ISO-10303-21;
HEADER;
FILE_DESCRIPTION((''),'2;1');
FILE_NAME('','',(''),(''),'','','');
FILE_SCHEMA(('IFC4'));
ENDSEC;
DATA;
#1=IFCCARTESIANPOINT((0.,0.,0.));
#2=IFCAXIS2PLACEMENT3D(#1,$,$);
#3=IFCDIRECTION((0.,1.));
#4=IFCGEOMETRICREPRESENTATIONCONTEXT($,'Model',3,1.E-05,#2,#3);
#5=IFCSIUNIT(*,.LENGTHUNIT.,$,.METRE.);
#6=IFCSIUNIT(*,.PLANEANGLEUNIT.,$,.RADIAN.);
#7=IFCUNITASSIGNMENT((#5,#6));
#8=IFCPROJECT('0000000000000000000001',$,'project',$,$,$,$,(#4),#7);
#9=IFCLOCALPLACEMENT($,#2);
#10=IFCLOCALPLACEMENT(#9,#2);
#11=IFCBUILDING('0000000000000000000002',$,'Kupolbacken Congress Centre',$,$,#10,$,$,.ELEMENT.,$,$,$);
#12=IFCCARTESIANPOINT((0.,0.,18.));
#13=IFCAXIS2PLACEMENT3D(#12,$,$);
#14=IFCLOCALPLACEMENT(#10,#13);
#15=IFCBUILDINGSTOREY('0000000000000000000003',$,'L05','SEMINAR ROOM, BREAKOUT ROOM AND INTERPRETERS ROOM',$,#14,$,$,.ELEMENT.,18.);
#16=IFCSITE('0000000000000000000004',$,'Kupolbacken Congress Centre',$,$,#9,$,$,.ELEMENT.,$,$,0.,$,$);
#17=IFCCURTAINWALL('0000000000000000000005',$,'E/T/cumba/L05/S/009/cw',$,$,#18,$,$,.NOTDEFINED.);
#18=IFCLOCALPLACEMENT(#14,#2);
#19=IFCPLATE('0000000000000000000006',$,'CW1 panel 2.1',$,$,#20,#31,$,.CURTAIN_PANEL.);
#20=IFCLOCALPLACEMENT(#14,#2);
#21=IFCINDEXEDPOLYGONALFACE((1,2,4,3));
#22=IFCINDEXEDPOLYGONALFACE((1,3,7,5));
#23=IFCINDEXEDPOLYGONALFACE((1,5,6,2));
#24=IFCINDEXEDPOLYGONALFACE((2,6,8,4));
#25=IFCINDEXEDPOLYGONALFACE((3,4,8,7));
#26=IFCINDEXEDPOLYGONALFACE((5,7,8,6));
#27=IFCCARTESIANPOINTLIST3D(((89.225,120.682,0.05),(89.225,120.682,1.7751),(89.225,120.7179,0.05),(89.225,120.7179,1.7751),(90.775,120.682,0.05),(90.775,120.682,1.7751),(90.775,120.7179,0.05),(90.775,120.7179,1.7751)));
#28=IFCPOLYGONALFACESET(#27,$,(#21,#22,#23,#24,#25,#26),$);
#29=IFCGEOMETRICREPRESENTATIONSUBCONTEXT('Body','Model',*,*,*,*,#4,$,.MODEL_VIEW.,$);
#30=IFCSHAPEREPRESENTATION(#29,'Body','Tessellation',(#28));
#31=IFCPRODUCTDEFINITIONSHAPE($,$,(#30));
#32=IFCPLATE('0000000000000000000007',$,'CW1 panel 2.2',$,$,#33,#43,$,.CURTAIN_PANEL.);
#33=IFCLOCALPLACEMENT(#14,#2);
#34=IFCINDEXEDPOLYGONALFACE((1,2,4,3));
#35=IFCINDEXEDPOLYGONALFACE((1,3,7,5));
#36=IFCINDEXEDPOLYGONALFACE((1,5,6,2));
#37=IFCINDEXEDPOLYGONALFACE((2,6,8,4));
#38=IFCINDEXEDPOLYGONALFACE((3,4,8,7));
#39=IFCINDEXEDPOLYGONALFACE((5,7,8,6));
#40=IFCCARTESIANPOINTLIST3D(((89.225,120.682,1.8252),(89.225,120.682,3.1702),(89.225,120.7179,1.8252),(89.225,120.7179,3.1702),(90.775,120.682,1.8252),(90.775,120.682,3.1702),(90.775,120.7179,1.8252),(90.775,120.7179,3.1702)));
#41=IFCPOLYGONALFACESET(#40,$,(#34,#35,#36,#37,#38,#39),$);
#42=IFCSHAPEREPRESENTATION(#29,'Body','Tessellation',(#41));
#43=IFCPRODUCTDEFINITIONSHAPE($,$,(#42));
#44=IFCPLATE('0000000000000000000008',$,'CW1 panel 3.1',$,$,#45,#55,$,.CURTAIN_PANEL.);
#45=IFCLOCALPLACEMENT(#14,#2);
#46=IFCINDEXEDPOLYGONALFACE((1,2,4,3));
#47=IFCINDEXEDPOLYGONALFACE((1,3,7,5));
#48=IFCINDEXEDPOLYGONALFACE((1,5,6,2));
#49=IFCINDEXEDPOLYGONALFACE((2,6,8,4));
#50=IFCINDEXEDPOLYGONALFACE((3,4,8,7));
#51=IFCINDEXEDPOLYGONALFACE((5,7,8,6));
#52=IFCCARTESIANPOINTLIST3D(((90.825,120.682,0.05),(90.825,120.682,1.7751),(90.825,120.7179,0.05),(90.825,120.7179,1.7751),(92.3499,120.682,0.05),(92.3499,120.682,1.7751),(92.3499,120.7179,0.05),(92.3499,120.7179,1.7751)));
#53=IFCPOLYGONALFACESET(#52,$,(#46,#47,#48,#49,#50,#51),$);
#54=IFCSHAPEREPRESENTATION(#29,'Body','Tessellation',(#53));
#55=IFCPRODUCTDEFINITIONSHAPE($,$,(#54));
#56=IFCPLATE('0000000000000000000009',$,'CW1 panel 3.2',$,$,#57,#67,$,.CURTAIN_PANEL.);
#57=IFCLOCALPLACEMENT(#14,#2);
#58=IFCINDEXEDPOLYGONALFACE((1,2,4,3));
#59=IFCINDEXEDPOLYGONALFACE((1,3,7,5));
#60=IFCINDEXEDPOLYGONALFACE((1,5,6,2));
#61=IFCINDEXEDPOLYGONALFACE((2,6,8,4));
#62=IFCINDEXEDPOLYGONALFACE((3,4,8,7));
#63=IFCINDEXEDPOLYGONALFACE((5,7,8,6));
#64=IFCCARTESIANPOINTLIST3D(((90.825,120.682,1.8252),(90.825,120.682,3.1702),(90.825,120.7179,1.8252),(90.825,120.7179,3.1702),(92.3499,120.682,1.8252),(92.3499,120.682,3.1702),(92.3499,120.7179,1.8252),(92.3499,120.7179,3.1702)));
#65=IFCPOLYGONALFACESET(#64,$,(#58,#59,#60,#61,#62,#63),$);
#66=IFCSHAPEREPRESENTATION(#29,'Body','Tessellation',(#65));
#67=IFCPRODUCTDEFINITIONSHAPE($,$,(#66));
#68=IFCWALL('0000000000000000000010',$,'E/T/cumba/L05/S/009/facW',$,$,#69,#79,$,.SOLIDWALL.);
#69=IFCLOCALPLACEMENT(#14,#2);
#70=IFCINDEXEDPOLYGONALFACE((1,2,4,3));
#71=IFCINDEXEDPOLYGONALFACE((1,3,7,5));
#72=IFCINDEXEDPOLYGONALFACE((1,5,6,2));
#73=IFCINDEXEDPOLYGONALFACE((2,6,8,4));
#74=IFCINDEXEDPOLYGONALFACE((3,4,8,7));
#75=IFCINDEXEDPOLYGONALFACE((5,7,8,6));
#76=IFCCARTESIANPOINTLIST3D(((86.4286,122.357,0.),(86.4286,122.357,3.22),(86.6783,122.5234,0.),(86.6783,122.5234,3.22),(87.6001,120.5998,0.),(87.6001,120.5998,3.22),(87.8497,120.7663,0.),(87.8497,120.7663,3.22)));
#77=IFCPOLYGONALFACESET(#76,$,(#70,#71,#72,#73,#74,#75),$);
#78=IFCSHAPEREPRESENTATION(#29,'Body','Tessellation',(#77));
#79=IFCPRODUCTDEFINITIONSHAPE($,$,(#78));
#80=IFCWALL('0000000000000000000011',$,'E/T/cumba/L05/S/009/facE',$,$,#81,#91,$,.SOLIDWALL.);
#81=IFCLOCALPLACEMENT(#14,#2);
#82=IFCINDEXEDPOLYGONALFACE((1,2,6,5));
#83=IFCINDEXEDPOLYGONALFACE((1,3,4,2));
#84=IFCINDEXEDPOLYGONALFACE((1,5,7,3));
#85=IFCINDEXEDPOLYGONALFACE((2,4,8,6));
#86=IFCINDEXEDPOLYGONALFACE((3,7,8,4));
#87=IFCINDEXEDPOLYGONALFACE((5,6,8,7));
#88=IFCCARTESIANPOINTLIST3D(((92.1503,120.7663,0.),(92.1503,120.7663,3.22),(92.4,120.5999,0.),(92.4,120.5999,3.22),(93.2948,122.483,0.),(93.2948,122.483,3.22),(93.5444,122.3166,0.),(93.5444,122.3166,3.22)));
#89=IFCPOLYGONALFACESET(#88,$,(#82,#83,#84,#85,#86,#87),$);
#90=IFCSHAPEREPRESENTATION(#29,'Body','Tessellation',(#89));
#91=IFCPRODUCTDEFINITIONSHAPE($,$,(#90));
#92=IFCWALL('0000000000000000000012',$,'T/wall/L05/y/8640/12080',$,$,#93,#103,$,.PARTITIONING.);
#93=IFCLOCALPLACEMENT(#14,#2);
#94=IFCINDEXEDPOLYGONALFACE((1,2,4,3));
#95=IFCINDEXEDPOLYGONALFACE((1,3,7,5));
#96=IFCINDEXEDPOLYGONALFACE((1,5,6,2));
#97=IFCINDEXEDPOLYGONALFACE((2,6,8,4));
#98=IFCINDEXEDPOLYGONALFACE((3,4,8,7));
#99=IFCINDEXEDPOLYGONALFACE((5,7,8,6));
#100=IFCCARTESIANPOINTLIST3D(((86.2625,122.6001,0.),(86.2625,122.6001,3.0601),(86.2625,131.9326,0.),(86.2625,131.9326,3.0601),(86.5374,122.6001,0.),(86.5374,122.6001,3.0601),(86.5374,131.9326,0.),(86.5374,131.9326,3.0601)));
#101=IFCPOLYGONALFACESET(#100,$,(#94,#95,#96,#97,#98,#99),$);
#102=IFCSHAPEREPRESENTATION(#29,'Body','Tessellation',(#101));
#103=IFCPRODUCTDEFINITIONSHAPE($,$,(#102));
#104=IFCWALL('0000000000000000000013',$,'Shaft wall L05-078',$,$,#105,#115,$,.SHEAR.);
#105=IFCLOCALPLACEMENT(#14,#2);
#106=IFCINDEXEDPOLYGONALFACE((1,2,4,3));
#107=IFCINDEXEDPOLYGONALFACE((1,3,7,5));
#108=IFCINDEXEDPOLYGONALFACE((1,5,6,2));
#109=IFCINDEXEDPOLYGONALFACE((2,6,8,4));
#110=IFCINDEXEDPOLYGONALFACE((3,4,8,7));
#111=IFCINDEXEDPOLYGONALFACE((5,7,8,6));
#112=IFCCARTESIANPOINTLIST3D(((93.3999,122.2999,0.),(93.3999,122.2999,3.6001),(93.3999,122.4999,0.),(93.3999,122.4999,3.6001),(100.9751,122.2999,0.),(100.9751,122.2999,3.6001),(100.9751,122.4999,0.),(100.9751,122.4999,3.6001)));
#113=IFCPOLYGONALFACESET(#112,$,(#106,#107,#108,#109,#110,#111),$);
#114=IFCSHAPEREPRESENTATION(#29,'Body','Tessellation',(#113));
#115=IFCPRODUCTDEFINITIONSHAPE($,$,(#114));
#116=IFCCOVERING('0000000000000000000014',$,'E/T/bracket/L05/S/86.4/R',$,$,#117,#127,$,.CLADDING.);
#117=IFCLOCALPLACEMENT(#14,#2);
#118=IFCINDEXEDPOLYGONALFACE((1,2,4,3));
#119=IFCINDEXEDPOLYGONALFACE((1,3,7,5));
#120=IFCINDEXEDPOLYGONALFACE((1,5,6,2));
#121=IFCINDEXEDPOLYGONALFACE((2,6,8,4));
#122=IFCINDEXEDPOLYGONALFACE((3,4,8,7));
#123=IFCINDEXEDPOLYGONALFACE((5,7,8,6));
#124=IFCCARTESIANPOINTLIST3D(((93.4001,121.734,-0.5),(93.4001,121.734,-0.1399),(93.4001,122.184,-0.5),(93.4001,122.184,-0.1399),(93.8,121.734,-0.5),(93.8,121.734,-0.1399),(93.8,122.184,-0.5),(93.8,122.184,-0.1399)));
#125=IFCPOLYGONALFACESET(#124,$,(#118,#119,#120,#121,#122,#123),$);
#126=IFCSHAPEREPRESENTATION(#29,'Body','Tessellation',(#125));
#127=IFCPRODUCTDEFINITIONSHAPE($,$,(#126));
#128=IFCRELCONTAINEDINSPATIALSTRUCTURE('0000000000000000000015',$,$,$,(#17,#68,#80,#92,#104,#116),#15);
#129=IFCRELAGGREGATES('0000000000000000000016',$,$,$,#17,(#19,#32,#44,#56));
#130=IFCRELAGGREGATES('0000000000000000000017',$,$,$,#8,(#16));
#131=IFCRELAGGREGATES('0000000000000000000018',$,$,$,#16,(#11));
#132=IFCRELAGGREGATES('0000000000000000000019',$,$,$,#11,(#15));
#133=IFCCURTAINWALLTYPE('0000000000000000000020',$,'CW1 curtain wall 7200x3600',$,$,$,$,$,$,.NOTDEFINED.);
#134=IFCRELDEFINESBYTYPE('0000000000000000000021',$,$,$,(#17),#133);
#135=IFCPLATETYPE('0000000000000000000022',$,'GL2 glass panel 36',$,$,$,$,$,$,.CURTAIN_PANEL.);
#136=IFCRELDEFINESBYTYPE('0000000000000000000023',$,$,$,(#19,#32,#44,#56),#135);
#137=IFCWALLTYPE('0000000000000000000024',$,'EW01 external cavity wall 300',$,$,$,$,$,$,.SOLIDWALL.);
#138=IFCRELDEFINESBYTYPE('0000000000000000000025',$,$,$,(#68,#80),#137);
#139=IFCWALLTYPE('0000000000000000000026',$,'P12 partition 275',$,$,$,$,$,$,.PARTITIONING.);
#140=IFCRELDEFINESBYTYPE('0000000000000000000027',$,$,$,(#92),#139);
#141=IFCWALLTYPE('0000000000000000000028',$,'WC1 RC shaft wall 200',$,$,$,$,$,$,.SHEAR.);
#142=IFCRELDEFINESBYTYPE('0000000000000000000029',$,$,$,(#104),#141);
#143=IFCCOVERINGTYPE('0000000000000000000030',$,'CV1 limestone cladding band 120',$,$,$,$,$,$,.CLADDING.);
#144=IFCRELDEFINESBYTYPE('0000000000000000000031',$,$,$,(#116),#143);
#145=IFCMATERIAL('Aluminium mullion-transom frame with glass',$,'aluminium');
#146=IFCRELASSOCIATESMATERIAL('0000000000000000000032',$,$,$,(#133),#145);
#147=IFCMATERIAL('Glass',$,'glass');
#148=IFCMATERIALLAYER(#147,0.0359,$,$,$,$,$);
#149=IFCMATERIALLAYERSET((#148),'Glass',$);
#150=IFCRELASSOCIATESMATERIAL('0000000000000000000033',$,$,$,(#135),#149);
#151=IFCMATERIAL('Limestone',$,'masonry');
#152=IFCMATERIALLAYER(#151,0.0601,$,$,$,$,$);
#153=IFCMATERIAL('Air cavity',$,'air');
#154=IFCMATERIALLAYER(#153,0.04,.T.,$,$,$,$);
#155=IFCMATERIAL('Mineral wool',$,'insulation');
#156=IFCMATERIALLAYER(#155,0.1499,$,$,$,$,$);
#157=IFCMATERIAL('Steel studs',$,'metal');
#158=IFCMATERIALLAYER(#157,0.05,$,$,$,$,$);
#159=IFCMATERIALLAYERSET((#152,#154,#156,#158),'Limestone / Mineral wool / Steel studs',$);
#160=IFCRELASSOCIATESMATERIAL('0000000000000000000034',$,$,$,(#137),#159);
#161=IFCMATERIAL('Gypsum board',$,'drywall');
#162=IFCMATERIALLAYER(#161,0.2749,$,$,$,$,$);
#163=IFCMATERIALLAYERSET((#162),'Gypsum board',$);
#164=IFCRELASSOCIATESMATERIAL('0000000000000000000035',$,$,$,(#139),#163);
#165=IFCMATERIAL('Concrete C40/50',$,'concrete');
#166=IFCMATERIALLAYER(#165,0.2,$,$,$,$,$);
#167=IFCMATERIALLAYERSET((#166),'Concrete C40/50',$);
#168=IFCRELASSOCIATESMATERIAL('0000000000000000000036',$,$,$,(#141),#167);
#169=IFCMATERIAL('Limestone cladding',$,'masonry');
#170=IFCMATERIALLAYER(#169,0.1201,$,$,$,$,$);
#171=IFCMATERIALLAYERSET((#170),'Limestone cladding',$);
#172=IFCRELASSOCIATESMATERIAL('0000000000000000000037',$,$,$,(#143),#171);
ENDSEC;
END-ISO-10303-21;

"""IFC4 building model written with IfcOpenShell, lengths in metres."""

from ifc_helpers import new_model, si_unit, direction, frame, frame_2d, origin, origin_2d, place, context, subcontext, project, spatial, rectangle, extrude, material, layer, layer_set, type_object, element, aggregate, save


model = new_model("IFC4")

# Units and contexts
model_context = context("Model", 3, precision=1e-05, world=origin(), true_north=direction((0.0, 1.0)))
body_context = subcontext(model_context, "Body", "Model", "MODEL_VIEW")
ifc_project = project(units=[si_unit("LENGTHUNIT", "METRE"), si_unit("PLANEANGLEUNIT", "RADIAN")], contexts=[model_context])

# Site, building, storey
site_placement = place(None, origin())
site = spatial("IfcSite", under=ifc_project, at=site_placement, Name="Kupolbacken Congress Centre", CompositionType="ELEMENT", RefElevation=0.0)
building_placement = place(site_placement, origin())
building = spatial("IfcBuilding", under=site, at=building_placement, Name="Kupolbacken Congress Centre", CompositionType="ELEMENT")
storey_placement = place(building_placement, frame((0.0, 0.0, 18.0)))
storey = spatial("IfcBuildingStorey", under=building, at=storey_placement, Name="L05", Description="SEMINAR ROOM, BREAKOUT ROOM AND INTERPRETERS ROOM", CompositionType="ELEMENT", Elevation=18.0)

# Curtain wall, plates
ifc_material_1 = material(Name="Aluminium mullion-transom frame with glass", Category="aluminium")
curtain_wall_type = type_object("IfcCurtainWallType", Name="CW1 curtain wall 7200x3600", PredefinedType="NOTDEFINED", material=ifc_material_1)
curtain_wall_placement = place(storey_placement, origin())
curtain_wall = element("IfcCurtainWall", 1, at=curtain_wall_placement, inside=storey, type_object=curtain_wall_type, Name="E/T/cumba/L05/S/009/cw", PredefinedType="NOTDEFINED")
ifc_material_2 = material(Name="Glass", Category="glass")
ifc_layer_1 = layer(ifc_material_2, 0.0359)
ifc_layer_set_1 = layer_set([ifc_layer_1], Name="Glass")
plate_type = type_object("IfcPlateType", Name="GL2 glass panel 36", PredefinedType="CURTAIN_PANEL", material=ifc_layer_set_1)
plate_1_placement = place(storey_placement, frame((90.0, 120.7, 0.05), z_axis=(0.0, 0.0, 1.0), x_axis=(1.0, 0.0, 0.0)))
plate_1 = element("IfcPlate", 2, at=plate_1_placement, type_object=plate_type, Name="CW1 panel 2.1", PredefinedType="CURTAIN_PANEL", context=body_context, shape_type="SweptSolid", body=[
    extrude(rectangle(XDim=1.55, YDim=0.0359, at=origin_2d()), origin(), (0.0, 0.0, 1.0), 1.7251),
])
plate_2_placement = place(storey_placement, frame((90.0, 120.7, 1.8252), z_axis=(0.0, 0.0, 1.0), x_axis=(1.0, 0.0, 0.0)))
plate_2 = element("IfcPlate", 3, at=plate_2_placement, type_object=plate_type, Name="CW1 panel 2.2", PredefinedType="CURTAIN_PANEL", context=body_context, shape_type="SweptSolid", body=[
    extrude(rectangle(XDim=1.55, YDim=0.0359, at=origin_2d()), origin(), (0.0, 0.0, 1.0), 1.345),
])
plate_3_placement = place(storey_placement, frame((91.5874, 120.7, 0.05), z_axis=(0.0, 0.0, 1.0), x_axis=(1.0, 0.0, 0.0)))
plate_3 = element("IfcPlate", 4, at=plate_3_placement, type_object=plate_type, Name="CW1 panel 3.1", PredefinedType="CURTAIN_PANEL", context=body_context, shape_type="SweptSolid", body=[
    extrude(rectangle(XDim=1.5249, YDim=0.0359, at=origin_2d()), origin(), (0.0, 0.0, 1.0), 1.7251),
])
plate_4_placement = place(storey_placement, frame((91.5874, 120.7, 1.8252), z_axis=(0.0, 0.0, 1.0), x_axis=(1.0, 0.0, 0.0)))
plate_4 = element("IfcPlate", 5, at=plate_4_placement, type_object=plate_type, Name="CW1 panel 3.2", PredefinedType="CURTAIN_PANEL", context=body_context, shape_type="SweptSolid", body=[
    extrude(rectangle(XDim=1.5249, YDim=0.0359, at=origin_2d()), origin(), (0.0, 0.0, 1.0), 1.345),
])
aggregate(curtain_wall, [plate_1, plate_2, plate_3, plate_4])

# Walls
ifc_material_3 = material(Name="Limestone", Category="masonry")
ifc_layer_2 = layer(ifc_material_3, 0.0601)
ifc_material_4 = material(Name="Air cavity", Category="air")
ifc_layer_3 = layer(ifc_material_4, 0.04, ventilated=True)
ifc_material_5 = material(Name="Mineral wool", Category="insulation")
ifc_layer_4 = layer(ifc_material_5, 0.1499)
ifc_material_6 = material(Name="Steel studs", Category="metal")
ifc_layer_5 = layer(ifc_material_6, 0.05)
ifc_layer_set_2 = layer_set([ifc_layer_2, ifc_layer_3, ifc_layer_4, ifc_layer_5], Name="Limestone / Mineral wool / Steel studs")
wall_type_1 = type_object("IfcWallType", Name="EW01 external cavity wall 300", PredefinedType="SOLIDWALL", material=ifc_layer_set_2)
wall_1_placement = place(storey_placement, frame((86.5535, 122.4402, 0.0), z_axis=(0.0, 0.0, 1.0), x_axis=(0.5547, -0.83205, 0.0)))
element("IfcWall", 6, at=wall_1_placement, inside=storey, type_object=wall_type_1, Name="E/T/cumba/L05/S/009/facW", PredefinedType="SOLIDWALL", context=body_context, shape_type="SweptSolid", body=[
    extrude(rectangle(XDim=2.1118, YDim=0.3, at=frame_2d((1.0559, 0.0))), origin(), (0.0, 0.0, 1.0), 3.22),
])
wall_2_placement = place(storey_placement, frame((93.4197, 122.3999, 0.0), z_axis=(0.0, 0.0, 1.0), x_axis=(-0.5547, -0.83205, 0.0)))
element("IfcWall", 7, at=wall_2_placement, inside=storey, type_object=wall_type_1, Name="E/T/cumba/L05/S/009/facE", PredefinedType="SOLIDWALL", context=body_context, shape_type="SweptSolid", body=[
    extrude(rectangle(XDim=2.0632, YDim=0.3, at=frame_2d((1.0317, 0.0))), origin(), (0.0, 0.0, 1.0), 3.22),
])
ifc_material_7 = material(Name="Gypsum board", Category="drywall")
ifc_layer_6 = layer(ifc_material_7, 0.2749)
ifc_layer_set_3 = layer_set([ifc_layer_6], Name="Gypsum board")
wall_type_2 = type_object("IfcWallType", Name="P12 partition 275", PredefinedType="PARTITIONING", material=ifc_layer_set_3)
wall_3_placement = place(storey_placement, frame((86.3999, 122.6001, 0.0), z_axis=(0.0, 0.0, 1.0), x_axis=(0.0, 1.0, 0.0)))
element("IfcWall", 8, at=wall_3_placement, inside=storey, type_object=wall_type_2, Name="T/wall/L05/y/8640/12080", PredefinedType="PARTITIONING", context=body_context, shape_type="SweptSolid", body=[
    extrude(rectangle(XDim=9.3325, YDim=0.2749, at=frame_2d((4.6663, 0.0))), origin(), (0.0, 0.0, 1.0), 3.0601),
])
ifc_material_8 = material(Name="Concrete C40/50", Category="concrete")
ifc_layer_7 = layer(ifc_material_8, 0.2)
ifc_layer_set_4 = layer_set([ifc_layer_7], Name="Concrete C40/50")
wall_type_3 = type_object("IfcWallType", Name="WC1 RC shaft wall 200", PredefinedType="SHEAR", material=ifc_layer_set_4)
wall_4_placement = place(storey_placement, frame((93.3999, 122.3999, 0.0), z_axis=(0.0, 0.0, 1.0), x_axis=(1.0, 0.0, 0.0)))
element("IfcWall", 9, at=wall_4_placement, inside=storey, type_object=wall_type_3, Name="Shaft wall L05-078", PredefinedType="SHEAR", context=body_context, shape_type="SweptSolid", body=[
    extrude(rectangle(XDim=7.5752, YDim=0.2, at=frame_2d((3.7876, 0.0))), origin(), (0.0, 0.0, 1.0), 3.6001),
])

# Covering
ifc_material_9 = material(Name="Limestone cladding", Category="masonry")
ifc_layer_8 = layer(ifc_material_9, 0.1201)
ifc_layer_set_5 = layer_set([ifc_layer_8], Name="Limestone cladding")
covering_type = type_object("IfcCoveringType", Name="CV1 limestone cladding band 120", PredefinedType="CLADDING", material=ifc_layer_set_5)
covering_placement = place(storey_placement, frame((93.6001, 121.959, -0.5), z_axis=(0.0, 0.0, 1.0), x_axis=(1.0, 0.0, 0.0)))
element("IfcCovering", 10, at=covering_placement, inside=storey, type_object=covering_type, Name="E/T/bracket/L05/S/86.4/R", PredefinedType="CLADDING", context=body_context, shape_type="SweptSolid", body=[
    extrude(rectangle(XDim=0.3999, YDim=0.45, at=origin_2d()), origin(), (0.0, 0.0, 1.0), 0.3601),
])

save(model, "model.ifc")
